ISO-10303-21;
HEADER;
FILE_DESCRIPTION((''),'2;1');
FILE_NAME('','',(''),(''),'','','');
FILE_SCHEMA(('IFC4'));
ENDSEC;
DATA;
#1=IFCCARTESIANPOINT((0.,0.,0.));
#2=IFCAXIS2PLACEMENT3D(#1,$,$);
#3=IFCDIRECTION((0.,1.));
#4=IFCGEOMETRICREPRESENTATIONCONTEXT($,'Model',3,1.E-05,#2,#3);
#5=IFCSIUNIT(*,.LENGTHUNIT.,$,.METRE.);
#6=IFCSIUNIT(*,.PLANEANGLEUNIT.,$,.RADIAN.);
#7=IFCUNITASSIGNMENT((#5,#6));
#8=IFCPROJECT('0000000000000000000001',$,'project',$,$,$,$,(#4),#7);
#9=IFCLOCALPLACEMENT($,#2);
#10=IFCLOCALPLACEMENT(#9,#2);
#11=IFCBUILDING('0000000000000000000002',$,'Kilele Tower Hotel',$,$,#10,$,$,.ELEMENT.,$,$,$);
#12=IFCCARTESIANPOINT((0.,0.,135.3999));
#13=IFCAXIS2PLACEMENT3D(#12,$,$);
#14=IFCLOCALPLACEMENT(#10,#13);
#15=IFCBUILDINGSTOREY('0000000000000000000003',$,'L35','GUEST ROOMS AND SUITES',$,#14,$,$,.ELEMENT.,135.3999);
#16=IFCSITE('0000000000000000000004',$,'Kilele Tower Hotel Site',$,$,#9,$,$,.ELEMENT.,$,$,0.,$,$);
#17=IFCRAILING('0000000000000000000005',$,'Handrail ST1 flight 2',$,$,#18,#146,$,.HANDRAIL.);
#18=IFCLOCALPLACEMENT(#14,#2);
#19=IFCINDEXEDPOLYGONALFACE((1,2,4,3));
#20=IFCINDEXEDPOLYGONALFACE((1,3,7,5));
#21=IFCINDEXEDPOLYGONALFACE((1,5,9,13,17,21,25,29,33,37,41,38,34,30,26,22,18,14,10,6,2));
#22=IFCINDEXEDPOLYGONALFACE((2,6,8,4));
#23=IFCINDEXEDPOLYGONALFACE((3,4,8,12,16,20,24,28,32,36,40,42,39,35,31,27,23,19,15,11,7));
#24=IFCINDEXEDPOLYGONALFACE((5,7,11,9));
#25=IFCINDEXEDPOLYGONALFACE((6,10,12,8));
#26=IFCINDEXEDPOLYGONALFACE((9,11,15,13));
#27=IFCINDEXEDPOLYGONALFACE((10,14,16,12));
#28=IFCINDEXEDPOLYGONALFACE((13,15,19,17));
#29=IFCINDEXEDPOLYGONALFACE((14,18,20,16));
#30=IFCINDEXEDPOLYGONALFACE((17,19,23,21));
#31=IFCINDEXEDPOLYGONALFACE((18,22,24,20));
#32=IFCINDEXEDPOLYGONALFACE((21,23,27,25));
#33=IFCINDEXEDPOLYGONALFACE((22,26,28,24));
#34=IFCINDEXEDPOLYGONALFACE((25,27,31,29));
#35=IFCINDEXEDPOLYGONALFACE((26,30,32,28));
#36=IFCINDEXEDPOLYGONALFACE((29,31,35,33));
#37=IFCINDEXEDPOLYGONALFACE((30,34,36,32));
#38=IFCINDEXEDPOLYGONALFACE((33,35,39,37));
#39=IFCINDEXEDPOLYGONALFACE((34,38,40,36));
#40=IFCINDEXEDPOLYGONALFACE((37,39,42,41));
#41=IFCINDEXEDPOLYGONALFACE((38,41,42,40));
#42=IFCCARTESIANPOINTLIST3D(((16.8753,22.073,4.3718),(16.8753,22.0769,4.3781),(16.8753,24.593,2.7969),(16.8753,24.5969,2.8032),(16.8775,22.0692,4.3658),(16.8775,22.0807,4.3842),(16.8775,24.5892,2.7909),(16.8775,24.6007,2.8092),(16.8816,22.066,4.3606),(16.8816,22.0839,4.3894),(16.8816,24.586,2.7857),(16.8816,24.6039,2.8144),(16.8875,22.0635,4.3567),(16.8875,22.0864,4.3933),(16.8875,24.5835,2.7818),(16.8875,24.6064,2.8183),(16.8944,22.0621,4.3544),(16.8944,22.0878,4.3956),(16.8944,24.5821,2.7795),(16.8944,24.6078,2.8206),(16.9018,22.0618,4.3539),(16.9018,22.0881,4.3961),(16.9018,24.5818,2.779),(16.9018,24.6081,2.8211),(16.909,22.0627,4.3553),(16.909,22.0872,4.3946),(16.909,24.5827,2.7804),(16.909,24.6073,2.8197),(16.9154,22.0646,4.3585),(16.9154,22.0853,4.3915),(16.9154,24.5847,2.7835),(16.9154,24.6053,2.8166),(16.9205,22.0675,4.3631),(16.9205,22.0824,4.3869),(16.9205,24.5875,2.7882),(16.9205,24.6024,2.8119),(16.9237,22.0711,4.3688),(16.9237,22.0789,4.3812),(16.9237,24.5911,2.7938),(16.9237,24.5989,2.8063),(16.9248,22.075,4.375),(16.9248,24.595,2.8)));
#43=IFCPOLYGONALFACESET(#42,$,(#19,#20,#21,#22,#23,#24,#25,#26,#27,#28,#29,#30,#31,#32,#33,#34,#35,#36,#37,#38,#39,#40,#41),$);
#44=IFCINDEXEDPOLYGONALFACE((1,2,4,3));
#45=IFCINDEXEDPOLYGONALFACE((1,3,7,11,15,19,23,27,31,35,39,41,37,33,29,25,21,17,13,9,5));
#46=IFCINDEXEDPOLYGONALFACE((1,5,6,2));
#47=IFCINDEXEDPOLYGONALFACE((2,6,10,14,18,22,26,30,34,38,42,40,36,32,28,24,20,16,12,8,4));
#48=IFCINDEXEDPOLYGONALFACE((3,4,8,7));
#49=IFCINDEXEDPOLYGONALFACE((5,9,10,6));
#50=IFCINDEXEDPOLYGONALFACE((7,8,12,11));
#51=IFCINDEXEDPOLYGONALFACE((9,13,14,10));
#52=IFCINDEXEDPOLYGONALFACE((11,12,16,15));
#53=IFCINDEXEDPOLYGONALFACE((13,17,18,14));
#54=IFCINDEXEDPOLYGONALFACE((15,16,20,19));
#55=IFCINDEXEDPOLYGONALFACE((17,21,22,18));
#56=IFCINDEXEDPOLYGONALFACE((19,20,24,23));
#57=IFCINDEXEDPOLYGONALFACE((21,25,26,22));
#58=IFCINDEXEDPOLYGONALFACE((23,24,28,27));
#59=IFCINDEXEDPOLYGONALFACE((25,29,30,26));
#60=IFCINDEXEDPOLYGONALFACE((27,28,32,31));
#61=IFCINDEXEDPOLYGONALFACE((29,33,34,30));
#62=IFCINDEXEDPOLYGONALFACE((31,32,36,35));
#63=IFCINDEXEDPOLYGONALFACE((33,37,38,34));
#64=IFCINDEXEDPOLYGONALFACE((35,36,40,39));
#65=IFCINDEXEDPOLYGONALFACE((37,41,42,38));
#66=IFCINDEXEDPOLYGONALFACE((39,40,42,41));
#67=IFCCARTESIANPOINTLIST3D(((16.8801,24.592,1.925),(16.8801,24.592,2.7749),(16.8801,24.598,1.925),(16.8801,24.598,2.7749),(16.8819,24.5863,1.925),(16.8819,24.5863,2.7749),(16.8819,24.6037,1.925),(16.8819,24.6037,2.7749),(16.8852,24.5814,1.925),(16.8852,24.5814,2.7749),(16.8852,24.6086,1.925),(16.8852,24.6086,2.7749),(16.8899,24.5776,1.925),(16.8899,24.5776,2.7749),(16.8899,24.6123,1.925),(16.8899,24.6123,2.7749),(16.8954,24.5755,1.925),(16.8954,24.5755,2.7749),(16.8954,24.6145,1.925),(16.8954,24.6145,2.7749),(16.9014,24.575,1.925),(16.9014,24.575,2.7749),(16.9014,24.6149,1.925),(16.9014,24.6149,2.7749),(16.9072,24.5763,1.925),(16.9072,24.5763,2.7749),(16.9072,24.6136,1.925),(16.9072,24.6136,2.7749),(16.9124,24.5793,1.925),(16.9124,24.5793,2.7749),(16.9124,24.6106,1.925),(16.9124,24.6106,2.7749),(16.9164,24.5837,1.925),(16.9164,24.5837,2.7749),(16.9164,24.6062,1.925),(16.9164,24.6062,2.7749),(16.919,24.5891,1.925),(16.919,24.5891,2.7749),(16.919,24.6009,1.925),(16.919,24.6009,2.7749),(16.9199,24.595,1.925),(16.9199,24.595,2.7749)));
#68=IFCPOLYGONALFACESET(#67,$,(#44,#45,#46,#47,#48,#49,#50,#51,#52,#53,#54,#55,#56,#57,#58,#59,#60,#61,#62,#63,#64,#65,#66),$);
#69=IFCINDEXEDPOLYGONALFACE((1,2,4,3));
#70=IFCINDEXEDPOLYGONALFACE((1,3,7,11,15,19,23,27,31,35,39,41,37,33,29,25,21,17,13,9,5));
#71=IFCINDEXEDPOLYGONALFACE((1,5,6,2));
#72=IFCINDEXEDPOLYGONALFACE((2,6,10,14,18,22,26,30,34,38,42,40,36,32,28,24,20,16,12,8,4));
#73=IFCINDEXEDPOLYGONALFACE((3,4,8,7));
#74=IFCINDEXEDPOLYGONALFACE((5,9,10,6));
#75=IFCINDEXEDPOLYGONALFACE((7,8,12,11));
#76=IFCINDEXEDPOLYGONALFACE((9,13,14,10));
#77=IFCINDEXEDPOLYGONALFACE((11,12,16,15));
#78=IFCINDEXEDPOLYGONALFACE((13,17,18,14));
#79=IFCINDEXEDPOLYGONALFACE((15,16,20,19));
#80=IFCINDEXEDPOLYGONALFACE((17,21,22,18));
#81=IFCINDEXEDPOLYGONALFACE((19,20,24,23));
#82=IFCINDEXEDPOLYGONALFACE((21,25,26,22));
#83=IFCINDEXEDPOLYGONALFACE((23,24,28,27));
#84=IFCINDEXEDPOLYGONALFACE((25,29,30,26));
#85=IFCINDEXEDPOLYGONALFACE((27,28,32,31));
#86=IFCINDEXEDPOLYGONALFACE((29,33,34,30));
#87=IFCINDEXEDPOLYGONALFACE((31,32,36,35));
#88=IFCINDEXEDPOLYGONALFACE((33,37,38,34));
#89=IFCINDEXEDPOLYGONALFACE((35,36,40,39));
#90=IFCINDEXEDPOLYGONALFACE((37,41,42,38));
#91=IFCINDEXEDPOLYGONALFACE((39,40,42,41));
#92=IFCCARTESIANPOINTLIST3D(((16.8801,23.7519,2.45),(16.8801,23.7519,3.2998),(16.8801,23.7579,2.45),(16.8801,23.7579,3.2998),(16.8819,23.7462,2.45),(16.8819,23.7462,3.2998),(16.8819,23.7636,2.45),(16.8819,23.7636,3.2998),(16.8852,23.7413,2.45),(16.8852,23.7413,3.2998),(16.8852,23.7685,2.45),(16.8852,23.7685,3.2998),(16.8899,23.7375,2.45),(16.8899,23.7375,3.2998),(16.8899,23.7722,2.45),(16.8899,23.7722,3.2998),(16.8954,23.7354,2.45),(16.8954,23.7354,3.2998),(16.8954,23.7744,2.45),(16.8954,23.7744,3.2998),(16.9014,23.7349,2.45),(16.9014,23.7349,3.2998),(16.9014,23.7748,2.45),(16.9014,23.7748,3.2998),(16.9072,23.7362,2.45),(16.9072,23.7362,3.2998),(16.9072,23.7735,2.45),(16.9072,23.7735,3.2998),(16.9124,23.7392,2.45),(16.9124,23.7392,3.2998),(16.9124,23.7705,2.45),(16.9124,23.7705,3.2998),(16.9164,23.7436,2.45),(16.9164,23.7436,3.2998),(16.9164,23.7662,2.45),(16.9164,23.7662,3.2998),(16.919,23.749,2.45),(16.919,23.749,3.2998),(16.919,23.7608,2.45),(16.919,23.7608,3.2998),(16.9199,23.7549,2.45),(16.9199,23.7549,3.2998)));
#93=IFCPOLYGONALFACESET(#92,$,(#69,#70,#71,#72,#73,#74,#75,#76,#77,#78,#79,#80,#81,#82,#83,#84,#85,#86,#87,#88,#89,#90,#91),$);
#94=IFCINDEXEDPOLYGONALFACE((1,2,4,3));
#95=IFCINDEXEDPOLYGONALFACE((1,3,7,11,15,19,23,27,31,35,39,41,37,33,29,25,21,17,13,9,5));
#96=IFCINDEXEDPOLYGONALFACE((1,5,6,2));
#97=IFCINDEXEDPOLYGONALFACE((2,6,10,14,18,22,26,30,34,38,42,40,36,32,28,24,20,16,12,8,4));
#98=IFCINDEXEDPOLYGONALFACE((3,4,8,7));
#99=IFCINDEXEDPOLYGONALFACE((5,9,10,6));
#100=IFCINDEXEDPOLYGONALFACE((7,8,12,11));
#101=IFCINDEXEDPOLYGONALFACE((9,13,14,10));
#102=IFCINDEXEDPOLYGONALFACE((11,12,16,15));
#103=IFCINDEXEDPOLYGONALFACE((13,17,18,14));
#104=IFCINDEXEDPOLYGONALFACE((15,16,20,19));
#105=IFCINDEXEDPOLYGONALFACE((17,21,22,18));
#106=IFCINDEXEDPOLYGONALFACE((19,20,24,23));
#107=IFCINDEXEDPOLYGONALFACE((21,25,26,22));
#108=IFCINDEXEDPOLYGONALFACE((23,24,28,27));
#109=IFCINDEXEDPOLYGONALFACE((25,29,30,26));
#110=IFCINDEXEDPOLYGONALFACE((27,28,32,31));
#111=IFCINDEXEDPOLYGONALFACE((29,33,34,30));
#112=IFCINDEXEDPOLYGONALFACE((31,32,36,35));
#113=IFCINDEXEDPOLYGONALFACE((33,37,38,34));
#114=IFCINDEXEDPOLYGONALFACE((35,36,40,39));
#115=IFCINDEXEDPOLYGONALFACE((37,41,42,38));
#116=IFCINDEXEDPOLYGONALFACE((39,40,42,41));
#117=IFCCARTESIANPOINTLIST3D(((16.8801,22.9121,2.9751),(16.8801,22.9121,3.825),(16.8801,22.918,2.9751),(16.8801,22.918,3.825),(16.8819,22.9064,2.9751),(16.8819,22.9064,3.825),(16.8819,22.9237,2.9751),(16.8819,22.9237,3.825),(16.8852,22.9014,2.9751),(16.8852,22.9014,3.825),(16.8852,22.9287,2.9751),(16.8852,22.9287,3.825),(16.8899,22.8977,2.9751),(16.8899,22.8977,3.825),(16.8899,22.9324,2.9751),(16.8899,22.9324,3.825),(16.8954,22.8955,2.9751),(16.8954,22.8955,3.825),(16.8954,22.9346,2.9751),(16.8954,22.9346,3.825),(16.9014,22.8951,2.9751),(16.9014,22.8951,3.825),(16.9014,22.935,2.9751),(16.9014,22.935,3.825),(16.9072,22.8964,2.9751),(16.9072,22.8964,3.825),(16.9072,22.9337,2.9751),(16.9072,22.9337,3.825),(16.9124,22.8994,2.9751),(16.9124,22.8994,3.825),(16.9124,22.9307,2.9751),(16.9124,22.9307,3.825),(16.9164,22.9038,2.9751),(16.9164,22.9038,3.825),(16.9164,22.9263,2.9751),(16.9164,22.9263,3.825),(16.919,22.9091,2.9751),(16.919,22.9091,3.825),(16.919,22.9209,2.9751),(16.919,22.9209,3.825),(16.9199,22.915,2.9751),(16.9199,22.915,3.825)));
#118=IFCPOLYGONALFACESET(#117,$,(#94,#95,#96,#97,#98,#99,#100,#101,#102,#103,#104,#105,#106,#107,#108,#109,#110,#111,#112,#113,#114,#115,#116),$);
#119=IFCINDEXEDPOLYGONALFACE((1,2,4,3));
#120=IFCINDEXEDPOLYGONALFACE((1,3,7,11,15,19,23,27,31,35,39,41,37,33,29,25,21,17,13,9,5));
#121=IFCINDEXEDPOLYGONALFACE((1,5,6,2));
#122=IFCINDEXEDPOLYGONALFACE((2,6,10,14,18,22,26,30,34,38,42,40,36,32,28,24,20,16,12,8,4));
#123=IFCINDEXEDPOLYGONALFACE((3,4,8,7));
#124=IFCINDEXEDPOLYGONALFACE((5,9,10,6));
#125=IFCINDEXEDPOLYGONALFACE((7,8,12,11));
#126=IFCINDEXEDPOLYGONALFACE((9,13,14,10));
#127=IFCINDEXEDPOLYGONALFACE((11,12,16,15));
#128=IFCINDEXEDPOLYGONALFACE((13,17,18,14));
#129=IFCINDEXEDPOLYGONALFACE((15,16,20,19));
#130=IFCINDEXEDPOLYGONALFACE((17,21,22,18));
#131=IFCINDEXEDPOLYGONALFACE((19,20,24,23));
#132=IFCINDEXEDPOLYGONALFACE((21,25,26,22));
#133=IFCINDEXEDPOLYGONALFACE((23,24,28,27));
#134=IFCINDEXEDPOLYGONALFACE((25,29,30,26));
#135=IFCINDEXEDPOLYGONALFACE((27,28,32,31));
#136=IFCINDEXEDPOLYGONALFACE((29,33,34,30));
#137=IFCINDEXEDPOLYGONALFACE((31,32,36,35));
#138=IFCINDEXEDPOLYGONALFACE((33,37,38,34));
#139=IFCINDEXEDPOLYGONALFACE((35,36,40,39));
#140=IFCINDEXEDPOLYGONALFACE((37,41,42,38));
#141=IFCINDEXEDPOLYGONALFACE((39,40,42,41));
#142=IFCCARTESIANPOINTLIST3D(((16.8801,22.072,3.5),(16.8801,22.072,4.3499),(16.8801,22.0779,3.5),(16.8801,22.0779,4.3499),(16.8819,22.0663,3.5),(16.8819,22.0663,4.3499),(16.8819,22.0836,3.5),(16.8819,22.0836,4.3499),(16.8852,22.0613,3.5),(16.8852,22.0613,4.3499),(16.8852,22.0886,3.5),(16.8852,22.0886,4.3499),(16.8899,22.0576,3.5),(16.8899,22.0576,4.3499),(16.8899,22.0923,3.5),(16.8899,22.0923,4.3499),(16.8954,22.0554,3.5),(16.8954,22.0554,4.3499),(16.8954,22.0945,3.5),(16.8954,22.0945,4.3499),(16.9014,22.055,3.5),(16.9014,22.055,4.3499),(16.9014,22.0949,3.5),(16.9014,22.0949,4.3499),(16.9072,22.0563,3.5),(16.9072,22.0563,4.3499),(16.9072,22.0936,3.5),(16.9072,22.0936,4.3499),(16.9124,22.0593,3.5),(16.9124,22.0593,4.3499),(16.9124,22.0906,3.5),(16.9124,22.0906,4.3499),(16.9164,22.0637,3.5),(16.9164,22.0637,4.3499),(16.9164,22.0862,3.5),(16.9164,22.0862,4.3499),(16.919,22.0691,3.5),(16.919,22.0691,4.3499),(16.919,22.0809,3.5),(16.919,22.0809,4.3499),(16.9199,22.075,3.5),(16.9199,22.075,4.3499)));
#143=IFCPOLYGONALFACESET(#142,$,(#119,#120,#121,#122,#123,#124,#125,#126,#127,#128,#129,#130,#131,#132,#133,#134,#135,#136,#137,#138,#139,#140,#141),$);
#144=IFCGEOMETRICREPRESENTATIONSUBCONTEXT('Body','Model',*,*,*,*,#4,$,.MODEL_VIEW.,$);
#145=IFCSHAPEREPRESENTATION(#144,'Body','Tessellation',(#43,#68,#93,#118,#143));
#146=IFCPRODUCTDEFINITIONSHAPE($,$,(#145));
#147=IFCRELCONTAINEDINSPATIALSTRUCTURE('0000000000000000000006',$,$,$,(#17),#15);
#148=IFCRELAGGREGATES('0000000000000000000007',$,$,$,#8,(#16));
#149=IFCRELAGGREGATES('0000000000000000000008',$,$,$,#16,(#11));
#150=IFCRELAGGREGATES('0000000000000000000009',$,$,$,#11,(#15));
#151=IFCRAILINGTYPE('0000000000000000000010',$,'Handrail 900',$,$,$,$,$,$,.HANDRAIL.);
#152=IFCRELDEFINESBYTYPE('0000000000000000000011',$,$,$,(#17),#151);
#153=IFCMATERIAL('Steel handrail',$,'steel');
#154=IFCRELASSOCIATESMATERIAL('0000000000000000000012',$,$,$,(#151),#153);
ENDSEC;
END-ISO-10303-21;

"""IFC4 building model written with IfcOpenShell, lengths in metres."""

from ifc_helpers import new_model, si_unit, direction, frame, origin, origin_2d, place, context, subcontext, project, spatial, circle, extrude, material, type_object, element, save


model = new_model("IFC4")

# Units and contexts
model_context = context("Model", 3, precision=1e-05, world=origin(), true_north=direction((0.0, 1.0)))
body_context = subcontext(model_context, "Body", "Model", "MODEL_VIEW")
ifc_project = project(units=[si_unit("LENGTHUNIT", "METRE"), si_unit("PLANEANGLEUNIT", "RADIAN")], contexts=[model_context])

# Site, building, storey
site_placement = place(None, origin())
site = spatial("IfcSite", under=ifc_project, at=site_placement, Name="Kilele Tower Hotel Site", CompositionType="ELEMENT", RefElevation=0.0)
building_placement = place(site_placement, origin())
building = spatial("IfcBuilding", under=site, at=building_placement, Name="Kilele Tower Hotel", CompositionType="ELEMENT")
storey_placement = place(building_placement, frame((0.0, 0.0, 135.3999)))
storey = spatial("IfcBuildingStorey", under=building, at=storey_placement, Name="L35", Description="GUEST ROOMS AND SUITES", CompositionType="ELEMENT", Elevation=135.3999)

# Railing
ifc_material_1 = material(Name="Steel handrail", Category="steel")
railing_type_1 = type_object("IfcRailingType", Name="Handrail 900", PredefinedType="HANDRAIL", material=ifc_material_1)
for number, where, name in (
    (1, (16.8999, 24.595, 1.925), "Handrail ST1 flight 2"),
):
    element("IfcRailing", number, at=place(storey_placement, frame(where)), inside=storey, type_object=railing_type_1, Name=name, PredefinedType="HANDRAIL", context=body_context, shape_type="SweptSolid", body=[
        extrude(circle(Radius=0.0249, at=origin_2d()), frame((0.0, 0.0, 0.875), z_axis=(0.0, -0.848008, 0.529984), x_axis=(1.0, 0.0, 0.0)), (0.0, 0.0, 1.0), 2.9717),
        extrude(circle(Radius=0.02, at=origin_2d()), origin(), (0.0, 0.0, 1.0), 0.8499),
        extrude(circle(Radius=0.02, at=origin_2d()), frame((0.0, -0.8401, 0.5249)), (0.0, 0.0, 1.0), 0.8499),
        extrude(circle(Radius=0.02, at=origin_2d()), frame((0.0, -1.6799, 1.05)), (0.0, 0.0, 1.0), 0.8499),
        extrude(circle(Radius=0.02, at=origin_2d()), frame((0.0, -2.52, 1.575)), (0.0, 0.0, 1.0), 0.8499),
    ])

save(model, "model.ifc")
